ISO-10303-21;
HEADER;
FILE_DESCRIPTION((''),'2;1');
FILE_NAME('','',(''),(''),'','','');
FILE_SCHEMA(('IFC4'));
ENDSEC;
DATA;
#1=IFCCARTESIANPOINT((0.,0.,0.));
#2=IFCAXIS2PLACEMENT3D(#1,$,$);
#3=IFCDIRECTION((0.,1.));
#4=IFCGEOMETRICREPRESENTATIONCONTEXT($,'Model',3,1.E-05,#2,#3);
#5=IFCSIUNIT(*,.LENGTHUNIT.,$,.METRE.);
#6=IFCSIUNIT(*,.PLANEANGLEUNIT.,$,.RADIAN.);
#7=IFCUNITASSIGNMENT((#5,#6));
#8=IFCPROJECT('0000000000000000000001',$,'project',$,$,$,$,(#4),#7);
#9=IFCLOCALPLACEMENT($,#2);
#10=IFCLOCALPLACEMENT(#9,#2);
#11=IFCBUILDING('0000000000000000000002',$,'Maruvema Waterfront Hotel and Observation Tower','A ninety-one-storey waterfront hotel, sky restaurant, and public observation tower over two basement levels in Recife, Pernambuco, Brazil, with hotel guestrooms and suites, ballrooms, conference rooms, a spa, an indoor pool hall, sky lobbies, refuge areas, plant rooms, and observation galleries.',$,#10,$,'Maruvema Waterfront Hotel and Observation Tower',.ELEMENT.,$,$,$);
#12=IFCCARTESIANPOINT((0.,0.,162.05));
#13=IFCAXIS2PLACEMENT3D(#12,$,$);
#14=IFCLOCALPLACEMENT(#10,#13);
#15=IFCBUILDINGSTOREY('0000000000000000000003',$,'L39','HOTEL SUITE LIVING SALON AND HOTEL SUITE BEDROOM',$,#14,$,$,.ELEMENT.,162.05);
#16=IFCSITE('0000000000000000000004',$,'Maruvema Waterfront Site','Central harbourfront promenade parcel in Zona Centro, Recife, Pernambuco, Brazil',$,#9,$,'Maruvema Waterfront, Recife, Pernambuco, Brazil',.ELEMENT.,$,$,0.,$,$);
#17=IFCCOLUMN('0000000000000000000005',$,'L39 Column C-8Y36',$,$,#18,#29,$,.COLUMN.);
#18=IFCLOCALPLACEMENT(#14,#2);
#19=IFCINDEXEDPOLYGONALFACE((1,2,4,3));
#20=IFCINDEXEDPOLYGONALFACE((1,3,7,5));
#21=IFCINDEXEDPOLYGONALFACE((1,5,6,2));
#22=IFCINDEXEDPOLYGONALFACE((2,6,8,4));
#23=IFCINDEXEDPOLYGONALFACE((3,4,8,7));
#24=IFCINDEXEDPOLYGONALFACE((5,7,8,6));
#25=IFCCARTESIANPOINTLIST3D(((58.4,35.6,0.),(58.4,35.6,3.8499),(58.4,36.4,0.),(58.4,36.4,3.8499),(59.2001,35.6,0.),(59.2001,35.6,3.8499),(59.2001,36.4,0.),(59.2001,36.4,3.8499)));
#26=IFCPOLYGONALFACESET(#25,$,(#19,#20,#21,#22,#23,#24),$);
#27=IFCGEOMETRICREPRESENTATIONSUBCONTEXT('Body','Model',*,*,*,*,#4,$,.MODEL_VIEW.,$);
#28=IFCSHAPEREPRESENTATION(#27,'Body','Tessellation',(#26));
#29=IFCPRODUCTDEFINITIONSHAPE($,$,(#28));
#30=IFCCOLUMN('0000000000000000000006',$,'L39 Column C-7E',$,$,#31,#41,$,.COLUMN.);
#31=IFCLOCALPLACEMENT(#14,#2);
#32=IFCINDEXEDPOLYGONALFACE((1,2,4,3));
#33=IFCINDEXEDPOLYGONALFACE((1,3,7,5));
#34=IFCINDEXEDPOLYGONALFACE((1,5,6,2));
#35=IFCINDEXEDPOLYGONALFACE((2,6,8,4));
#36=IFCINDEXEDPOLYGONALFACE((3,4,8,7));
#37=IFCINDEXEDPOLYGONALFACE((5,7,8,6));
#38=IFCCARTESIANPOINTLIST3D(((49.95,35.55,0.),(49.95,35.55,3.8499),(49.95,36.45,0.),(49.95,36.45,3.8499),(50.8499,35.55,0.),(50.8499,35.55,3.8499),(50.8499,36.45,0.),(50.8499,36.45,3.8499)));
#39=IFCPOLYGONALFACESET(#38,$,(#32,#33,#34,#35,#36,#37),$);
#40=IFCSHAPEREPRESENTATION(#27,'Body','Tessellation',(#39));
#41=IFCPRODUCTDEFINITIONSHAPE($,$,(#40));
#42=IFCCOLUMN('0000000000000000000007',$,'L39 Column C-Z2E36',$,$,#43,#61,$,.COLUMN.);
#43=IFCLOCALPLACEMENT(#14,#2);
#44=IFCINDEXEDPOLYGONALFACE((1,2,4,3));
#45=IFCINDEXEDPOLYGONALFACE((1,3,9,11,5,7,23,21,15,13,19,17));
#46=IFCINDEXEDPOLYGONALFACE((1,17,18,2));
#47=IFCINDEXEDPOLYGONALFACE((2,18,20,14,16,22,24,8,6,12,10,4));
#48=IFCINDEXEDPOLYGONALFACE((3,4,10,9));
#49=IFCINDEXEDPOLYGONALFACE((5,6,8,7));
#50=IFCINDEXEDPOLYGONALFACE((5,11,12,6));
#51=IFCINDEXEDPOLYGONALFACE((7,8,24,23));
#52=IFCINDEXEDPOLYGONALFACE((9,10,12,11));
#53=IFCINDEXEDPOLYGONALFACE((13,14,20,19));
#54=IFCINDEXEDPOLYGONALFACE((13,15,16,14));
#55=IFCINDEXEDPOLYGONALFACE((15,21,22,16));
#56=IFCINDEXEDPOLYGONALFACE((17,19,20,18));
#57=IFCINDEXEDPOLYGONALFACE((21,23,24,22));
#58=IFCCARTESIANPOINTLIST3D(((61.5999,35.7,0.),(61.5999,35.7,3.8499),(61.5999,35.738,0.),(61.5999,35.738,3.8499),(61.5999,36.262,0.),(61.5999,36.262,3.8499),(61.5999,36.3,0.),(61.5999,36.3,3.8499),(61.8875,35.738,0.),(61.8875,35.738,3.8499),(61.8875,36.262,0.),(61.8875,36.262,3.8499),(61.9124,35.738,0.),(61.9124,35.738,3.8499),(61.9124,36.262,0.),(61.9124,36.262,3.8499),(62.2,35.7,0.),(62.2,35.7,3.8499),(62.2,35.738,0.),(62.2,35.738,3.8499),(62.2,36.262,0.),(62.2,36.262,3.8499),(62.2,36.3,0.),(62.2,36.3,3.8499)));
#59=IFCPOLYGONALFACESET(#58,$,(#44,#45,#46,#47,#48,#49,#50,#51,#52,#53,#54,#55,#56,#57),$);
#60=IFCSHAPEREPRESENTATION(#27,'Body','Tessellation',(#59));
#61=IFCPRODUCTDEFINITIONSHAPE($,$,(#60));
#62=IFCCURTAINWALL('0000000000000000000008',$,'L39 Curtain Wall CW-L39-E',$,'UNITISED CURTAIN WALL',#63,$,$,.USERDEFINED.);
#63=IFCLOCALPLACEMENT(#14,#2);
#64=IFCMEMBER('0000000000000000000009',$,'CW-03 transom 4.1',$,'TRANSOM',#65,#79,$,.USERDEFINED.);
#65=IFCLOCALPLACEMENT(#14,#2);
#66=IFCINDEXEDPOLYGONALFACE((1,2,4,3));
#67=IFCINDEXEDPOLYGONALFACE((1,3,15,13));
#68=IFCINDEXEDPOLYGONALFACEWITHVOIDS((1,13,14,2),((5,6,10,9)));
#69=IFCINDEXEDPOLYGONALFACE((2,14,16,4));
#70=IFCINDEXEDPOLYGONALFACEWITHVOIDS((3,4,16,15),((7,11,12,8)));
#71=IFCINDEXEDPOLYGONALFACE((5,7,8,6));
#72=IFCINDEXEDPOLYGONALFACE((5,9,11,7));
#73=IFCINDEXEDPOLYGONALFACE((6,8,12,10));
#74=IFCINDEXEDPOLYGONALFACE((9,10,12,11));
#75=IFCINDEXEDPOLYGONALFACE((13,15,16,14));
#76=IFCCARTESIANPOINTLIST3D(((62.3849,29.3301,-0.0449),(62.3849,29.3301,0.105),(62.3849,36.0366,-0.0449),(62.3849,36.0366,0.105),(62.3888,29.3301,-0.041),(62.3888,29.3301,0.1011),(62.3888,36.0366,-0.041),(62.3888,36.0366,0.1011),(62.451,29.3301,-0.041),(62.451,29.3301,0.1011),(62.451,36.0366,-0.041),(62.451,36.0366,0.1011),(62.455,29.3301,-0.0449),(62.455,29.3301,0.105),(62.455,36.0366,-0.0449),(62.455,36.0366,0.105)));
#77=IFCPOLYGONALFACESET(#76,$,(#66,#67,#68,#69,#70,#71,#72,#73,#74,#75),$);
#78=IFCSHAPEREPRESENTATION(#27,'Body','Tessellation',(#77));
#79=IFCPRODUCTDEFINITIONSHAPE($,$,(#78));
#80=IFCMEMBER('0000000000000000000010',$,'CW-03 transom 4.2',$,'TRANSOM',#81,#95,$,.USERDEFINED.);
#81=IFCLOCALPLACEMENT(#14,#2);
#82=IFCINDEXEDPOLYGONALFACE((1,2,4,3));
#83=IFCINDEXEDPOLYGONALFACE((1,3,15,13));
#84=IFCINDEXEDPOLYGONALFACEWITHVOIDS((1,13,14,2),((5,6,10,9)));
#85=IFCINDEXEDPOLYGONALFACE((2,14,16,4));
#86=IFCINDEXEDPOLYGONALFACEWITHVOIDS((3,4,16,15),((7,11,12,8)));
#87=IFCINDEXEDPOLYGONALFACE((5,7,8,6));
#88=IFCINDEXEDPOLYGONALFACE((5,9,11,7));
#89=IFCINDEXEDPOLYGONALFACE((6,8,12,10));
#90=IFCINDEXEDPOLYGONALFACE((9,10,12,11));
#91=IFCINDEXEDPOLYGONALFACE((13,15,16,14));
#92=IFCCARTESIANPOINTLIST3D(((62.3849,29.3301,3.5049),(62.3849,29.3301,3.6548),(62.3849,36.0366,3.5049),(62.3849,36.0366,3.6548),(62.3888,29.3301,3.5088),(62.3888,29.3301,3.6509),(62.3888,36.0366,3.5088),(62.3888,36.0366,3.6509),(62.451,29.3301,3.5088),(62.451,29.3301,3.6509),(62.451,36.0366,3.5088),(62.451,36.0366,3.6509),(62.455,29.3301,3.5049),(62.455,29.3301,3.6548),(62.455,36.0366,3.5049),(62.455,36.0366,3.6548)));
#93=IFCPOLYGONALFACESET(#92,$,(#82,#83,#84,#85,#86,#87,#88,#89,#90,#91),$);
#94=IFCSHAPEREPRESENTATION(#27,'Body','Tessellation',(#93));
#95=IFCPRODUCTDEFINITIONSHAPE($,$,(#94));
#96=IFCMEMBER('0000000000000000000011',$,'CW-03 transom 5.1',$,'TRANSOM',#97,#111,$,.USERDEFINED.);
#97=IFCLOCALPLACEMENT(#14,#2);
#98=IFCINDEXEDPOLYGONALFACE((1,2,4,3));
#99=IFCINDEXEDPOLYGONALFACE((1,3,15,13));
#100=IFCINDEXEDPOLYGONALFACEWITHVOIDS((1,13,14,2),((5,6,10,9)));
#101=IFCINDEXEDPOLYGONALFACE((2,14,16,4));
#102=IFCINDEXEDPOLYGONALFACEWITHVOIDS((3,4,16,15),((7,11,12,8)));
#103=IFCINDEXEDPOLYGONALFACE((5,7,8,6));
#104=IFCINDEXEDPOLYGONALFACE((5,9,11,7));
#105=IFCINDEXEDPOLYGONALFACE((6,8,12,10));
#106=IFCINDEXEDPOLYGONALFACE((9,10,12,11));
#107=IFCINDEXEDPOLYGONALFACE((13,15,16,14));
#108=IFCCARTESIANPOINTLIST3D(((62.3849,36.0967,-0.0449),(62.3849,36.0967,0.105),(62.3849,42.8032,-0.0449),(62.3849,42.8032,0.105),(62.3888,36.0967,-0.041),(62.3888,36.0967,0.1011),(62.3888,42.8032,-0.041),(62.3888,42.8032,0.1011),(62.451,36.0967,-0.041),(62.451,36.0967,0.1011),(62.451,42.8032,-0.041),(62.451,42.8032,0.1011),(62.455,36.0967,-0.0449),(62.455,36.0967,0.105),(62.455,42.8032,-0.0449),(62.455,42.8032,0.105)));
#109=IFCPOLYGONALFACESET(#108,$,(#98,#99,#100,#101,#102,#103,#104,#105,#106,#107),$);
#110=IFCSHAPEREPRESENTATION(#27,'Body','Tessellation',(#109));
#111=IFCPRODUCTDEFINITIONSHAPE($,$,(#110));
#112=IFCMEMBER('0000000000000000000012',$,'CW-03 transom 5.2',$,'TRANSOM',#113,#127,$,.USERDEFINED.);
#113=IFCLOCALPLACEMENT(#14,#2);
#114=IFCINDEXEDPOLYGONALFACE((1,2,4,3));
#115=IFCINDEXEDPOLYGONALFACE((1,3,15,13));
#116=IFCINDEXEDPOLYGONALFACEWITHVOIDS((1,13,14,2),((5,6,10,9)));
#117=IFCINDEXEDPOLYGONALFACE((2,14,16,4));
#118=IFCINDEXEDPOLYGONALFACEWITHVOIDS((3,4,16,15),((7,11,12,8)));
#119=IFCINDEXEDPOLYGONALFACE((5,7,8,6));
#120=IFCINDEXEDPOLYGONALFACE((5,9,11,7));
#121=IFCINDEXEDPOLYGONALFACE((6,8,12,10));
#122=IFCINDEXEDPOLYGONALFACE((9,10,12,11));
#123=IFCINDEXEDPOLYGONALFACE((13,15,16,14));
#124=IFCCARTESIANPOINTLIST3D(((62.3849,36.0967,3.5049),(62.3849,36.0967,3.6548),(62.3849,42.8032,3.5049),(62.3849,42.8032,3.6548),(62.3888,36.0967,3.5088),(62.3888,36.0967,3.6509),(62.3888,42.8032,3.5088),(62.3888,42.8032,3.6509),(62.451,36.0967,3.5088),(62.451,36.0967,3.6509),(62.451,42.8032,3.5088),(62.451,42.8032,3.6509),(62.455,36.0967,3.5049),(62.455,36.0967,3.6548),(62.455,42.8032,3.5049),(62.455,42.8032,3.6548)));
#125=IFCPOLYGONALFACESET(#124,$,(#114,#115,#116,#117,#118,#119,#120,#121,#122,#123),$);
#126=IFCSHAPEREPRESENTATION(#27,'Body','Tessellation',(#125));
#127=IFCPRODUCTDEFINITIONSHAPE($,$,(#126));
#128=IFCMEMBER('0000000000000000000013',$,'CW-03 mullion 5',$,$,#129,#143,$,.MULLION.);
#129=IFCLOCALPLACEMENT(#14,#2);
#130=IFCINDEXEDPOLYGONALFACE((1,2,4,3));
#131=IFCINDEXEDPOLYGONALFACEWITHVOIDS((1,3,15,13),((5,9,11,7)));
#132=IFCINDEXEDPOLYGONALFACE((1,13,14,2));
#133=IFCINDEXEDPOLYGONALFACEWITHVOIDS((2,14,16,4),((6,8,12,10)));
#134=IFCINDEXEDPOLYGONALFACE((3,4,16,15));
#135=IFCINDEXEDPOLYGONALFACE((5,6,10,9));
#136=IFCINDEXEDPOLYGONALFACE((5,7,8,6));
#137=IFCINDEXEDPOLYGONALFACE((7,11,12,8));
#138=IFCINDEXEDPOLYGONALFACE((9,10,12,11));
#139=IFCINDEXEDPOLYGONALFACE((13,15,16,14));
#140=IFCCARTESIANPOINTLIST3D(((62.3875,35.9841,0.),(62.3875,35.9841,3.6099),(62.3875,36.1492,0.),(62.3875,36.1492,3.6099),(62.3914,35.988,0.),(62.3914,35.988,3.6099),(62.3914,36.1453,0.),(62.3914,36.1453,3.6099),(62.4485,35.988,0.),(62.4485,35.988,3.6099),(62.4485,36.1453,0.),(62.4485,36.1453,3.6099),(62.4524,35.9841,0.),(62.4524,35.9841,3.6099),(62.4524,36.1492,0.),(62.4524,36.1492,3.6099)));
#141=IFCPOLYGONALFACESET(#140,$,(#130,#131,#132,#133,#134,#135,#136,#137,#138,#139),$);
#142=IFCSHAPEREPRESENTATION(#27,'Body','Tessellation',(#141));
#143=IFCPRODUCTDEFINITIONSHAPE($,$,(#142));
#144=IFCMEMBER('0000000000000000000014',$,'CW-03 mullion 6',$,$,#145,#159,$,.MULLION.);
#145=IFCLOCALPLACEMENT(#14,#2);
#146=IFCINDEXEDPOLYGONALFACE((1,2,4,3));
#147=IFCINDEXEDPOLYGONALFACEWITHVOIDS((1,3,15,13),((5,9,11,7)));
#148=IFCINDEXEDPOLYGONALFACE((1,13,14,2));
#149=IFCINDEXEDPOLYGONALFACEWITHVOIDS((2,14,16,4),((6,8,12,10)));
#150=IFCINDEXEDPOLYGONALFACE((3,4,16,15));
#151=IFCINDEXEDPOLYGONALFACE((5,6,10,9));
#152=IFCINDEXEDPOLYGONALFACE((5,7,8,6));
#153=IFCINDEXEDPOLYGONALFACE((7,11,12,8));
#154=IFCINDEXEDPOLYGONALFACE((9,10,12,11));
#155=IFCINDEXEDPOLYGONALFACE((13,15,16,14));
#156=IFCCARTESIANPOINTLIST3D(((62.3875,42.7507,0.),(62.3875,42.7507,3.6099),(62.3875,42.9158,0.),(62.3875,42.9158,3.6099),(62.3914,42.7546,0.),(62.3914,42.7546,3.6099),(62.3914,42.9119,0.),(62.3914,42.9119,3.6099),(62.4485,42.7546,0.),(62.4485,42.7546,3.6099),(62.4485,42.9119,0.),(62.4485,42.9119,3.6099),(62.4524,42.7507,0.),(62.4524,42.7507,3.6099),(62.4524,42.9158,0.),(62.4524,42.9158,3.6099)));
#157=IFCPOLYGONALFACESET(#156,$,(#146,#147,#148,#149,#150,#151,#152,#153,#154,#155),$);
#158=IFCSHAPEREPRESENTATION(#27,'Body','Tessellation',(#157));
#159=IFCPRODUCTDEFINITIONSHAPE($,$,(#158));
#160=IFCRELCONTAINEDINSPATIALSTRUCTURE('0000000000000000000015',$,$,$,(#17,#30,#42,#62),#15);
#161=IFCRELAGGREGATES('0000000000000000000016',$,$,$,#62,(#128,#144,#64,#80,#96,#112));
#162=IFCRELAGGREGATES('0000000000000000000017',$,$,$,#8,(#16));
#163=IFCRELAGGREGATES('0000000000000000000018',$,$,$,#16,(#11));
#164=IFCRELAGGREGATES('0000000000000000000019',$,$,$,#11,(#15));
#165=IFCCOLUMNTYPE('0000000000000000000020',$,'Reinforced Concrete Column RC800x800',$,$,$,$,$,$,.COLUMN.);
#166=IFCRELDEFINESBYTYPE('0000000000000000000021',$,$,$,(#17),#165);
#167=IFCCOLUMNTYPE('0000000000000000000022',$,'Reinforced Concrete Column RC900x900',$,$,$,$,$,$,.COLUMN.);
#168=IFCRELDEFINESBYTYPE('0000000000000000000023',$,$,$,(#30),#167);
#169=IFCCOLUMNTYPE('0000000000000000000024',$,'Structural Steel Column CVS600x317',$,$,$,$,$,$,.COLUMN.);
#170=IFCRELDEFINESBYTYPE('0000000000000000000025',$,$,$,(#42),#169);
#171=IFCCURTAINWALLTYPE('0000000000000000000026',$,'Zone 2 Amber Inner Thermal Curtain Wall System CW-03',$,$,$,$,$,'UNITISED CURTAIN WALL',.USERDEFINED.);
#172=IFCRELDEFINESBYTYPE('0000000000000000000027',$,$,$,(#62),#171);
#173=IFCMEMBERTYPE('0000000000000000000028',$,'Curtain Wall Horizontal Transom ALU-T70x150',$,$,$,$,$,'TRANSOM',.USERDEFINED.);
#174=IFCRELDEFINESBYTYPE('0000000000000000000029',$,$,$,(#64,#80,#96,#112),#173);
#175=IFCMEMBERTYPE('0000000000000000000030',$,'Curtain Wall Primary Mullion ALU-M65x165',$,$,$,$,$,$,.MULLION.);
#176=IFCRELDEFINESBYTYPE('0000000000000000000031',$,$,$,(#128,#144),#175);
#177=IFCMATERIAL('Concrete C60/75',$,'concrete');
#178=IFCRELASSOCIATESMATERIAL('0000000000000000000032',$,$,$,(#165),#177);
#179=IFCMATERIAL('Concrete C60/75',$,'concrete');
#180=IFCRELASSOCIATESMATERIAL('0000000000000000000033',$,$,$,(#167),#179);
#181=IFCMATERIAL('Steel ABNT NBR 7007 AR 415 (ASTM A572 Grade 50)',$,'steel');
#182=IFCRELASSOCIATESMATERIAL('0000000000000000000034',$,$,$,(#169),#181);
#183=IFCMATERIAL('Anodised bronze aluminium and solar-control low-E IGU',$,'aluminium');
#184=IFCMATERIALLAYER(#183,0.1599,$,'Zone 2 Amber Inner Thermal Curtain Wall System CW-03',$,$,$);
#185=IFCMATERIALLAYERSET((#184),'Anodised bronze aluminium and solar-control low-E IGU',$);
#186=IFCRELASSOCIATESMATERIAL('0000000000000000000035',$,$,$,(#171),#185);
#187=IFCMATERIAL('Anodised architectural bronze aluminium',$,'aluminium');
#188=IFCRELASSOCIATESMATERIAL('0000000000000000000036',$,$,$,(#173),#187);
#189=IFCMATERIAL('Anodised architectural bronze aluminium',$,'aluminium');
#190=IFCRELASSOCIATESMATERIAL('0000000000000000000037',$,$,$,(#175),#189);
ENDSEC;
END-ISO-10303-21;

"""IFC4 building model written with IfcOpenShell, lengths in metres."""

from ifc_helpers import new_model, si_unit, direction, frame, origin, origin_2d, place, context, subcontext, project, spatial, rectangle, hollow_rectangle, i_section, extrude, material, layer, layer_set, material_profile, profile_set, type_object, element, aggregate, save


model = new_model("IFC4")

# Units and contexts
model_context = context("Model", 3, precision=1e-05, world=origin(), true_north=direction((0.0, 1.0)))
body_context = subcontext(model_context, "Body", "Model", "MODEL_VIEW")
ifc_project = project(units=[si_unit("LENGTHUNIT", "METRE"), si_unit("PLANEANGLEUNIT", "RADIAN")], contexts=[model_context])

# Site, building, storey
site_placement = place(None, origin())
site = spatial("IfcSite", under=ifc_project, at=site_placement, Name="Maruvema Waterfront Site", Description="Central harbourfront promenade parcel in Zona Centro, Recife, Pernambuco, Brazil", LongName="Maruvema Waterfront, Recife, Pernambuco, Brazil", CompositionType="ELEMENT", RefElevation=0.0)
building_placement = place(site_placement, origin())
building = spatial("IfcBuilding", under=site, at=building_placement, Name="Maruvema Waterfront Hotel and Observation Tower", Description="A ninety-one-storey waterfront hotel, sky restaurant, and public observation tower over two basement levels in Recife, Pernambuco, Brazil, with hotel guestrooms and suites, ballrooms, conference rooms, a spa, an indoor pool hall, sky lobbies, refuge areas, plant rooms, and observation galleries.", LongName="Maruvema Waterfront Hotel and Observation Tower", CompositionType="ELEMENT")
storey_placement = place(building_placement, frame((0.0, 0.0, 162.05)))
storey = spatial("IfcBuildingStorey", under=building, at=storey_placement, Name="L39", Description="HOTEL SUITE LIVING SALON AND HOTEL SUITE BEDROOM", CompositionType="ELEMENT", Elevation=162.05)

# Columns
ifc_material_1 = material(Name="Concrete C60/75", Category="concrete")
ifc_material_profile_1 = material_profile(ifc_material_1, rectangle(XDim=0.8, YDim=0.8, at=origin_2d()), Name="RC800x800")
ifc_profile_set_1 = profile_set([ifc_material_profile_1], Name="Concrete C60/75")
column_type_1 = type_object("IfcColumnType", Name="Reinforced Concrete Column RC800x800", PredefinedType="COLUMN", material=ifc_profile_set_1)
column_1_placement = place(storey_placement, frame((58.8, 36.0, 0.0), z_axis=(0.0, 0.0, 1.0), x_axis=(1.0, 0.0, 0.0)))
element("IfcColumn", 1, at=column_1_placement, inside=storey, type_object=column_type_1, Name="L39 Column C-8Y36", PredefinedType="COLUMN", context=body_context, shape_type="SweptSolid", body=[
    extrude(rectangle(XDim=0.8, YDim=0.8, at=origin_2d()), origin(), (0.0, 0.0, 1.0), 3.8499),
])
ifc_material_2 = material(Name="Concrete C60/75", Category="concrete")
ifc_material_profile_2 = material_profile(ifc_material_2, rectangle(XDim=0.8999, YDim=0.8999, at=origin_2d()), Name="RC900x900")
ifc_profile_set_2 = profile_set([ifc_material_profile_2], Name="Concrete C60/75")
column_type_2 = type_object("IfcColumnType", Name="Reinforced Concrete Column RC900x900", PredefinedType="COLUMN", material=ifc_profile_set_2)
column_2_placement = place(storey_placement, frame((50.3999, 36.0, 0.0), z_axis=(0.0, 0.0, 1.0), x_axis=(1.0, 0.0, 0.0)))
element("IfcColumn", 2, at=column_2_placement, inside=storey, type_object=column_type_2, Name="L39 Column C-7E", PredefinedType="COLUMN", context=body_context, shape_type="SweptSolid", body=[
    extrude(rectangle(XDim=0.8999, YDim=0.8999, at=origin_2d()), origin(), (0.0, 0.0, 1.0), 3.8499),
])
ifc_material_3 = material(Name="Steel ABNT NBR 7007 AR 415 (ASTM A572 Grade 50)", Category="steel")
ifc_material_profile_3 = material_profile(ifc_material_3, i_section(OverallWidth=0.6001, OverallDepth=0.6001, WebThickness=0.0249, FlangeThickness=0.0381, at=origin_2d()), Name="CVS600x317")
ifc_profile_set_3 = profile_set([ifc_material_profile_3], Name="Steel ABNT NBR 7007 AR 415 (ASTM A572 Grade 50)")
column_type_3 = type_object("IfcColumnType", Name="Structural Steel Column CVS600x317", PredefinedType="COLUMN", material=ifc_profile_set_3)
column_3_placement = place(storey_placement, frame((61.8999, 36.0, 0.0), z_axis=(0.0, 0.0, 1.0), x_axis=(1.0, 0.0, 0.0)))
element("IfcColumn", 3, at=column_3_placement, inside=storey, type_object=column_type_3, Name="L39 Column C-Z2E36", PredefinedType="COLUMN", context=body_context, shape_type="SweptSolid", body=[
    extrude(i_section(OverallWidth=0.6001, OverallDepth=0.6001, WebThickness=0.0249, FlangeThickness=0.0381, at=origin_2d()), origin(), (0.0, 0.0, 1.0), 3.8499),
])

# Curtain wall, members
ifc_material_4 = material(Name="Anodised bronze aluminium and solar-control low-E IGU", Category="aluminium")
ifc_layer_1 = layer(ifc_material_4, 0.1599, Name="Zone 2 Amber Inner Thermal Curtain Wall System CW-03")
ifc_layer_set_1 = layer_set([ifc_layer_1], Name="Anodised bronze aluminium and solar-control low-E IGU")
curtain_wall_type = type_object("IfcCurtainWallType", Name="Zone 2 Amber Inner Thermal Curtain Wall System CW-03", ElementType="UNITISED CURTAIN WALL", PredefinedType="USERDEFINED", material=ifc_layer_set_1)
curtain_wall_placement = place(storey_placement, origin())
curtain_wall = element("IfcCurtainWall", 4, at=curtain_wall_placement, inside=storey, type_object=curtain_wall_type, Name="L39 Curtain Wall CW-L39-E", ObjectType="UNITISED CURTAIN WALL", PredefinedType="USERDEFINED")
ifc_material_5 = material(Name="Anodised architectural bronze aluminium", Category="aluminium")
ifc_material_profile_4 = material_profile(ifc_material_5, hollow_rectangle(XDim=0.0701, YDim=0.1499, WallThickness=0.0039, at=origin_2d()), Name="ALU-T70x150")
ifc_profile_set_4 = profile_set([ifc_material_profile_4], Name="Anodised architectural bronze aluminium")
member_type_1 = type_object("IfcMemberType", Name="Curtain Wall Horizontal Transom ALU-T70x150", ElementType="TRANSOM", PredefinedType="USERDEFINED", material=ifc_profile_set_4)
member_1_placement = place(storey_placement, frame((62.4199, 29.3301, 0.03), z_axis=(0.0, 1.0, 0.0), x_axis=(-1.0, 0.0, 0.0)))
member_1 = element("IfcMember", 5, at=member_1_placement, type_object=member_type_1, Name="CW-03 transom 4.1", ObjectType="TRANSOM", PredefinedType="USERDEFINED", context=body_context, shape_type="SweptSolid", body=[
    extrude(hollow_rectangle(XDim=0.0701, YDim=0.1499, WallThickness=0.0039, at=origin_2d()), origin(), (0.0, 0.0, 1.0), 6.7065),
])
member_2_placement = place(storey_placement, frame((62.4199, 29.3301, 3.5798), z_axis=(0.0, 1.0, 0.0), x_axis=(-1.0, 0.0, 0.0)))
member_2 = element("IfcMember", 6, at=member_2_placement, type_object=member_type_1, Name="CW-03 transom 4.2", ObjectType="TRANSOM", PredefinedType="USERDEFINED", context=body_context, shape_type="SweptSolid", body=[
    extrude(hollow_rectangle(XDim=0.0701, YDim=0.1499, WallThickness=0.0039, at=origin_2d()), origin(), (0.0, 0.0, 1.0), 6.7065),
])
member_3_placement = place(storey_placement, frame((62.4199, 36.0967, 0.03), z_axis=(0.0, 1.0, 0.0), x_axis=(-1.0, 0.0, 0.0)))
member_3 = element("IfcMember", 7, at=member_3_placement, type_object=member_type_1, Name="CW-03 transom 5.1", ObjectType="TRANSOM", PredefinedType="USERDEFINED", context=body_context, shape_type="SweptSolid", body=[
    extrude(hollow_rectangle(XDim=0.0701, YDim=0.1499, WallThickness=0.0039, at=origin_2d()), origin(), (0.0, 0.0, 1.0), 6.7065),
])
member_4_placement = place(storey_placement, frame((62.4199, 36.0967, 3.5798), z_axis=(0.0, 1.0, 0.0), x_axis=(-1.0, 0.0, 0.0)))
member_4 = element("IfcMember", 8, at=member_4_placement, type_object=member_type_1, Name="CW-03 transom 5.2", ObjectType="TRANSOM", PredefinedType="USERDEFINED", context=body_context, shape_type="SweptSolid", body=[
    extrude(hollow_rectangle(XDim=0.0701, YDim=0.1499, WallThickness=0.0039, at=origin_2d()), origin(), (0.0, 0.0, 1.0), 6.7065),
])
ifc_material_6 = material(Name="Anodised architectural bronze aluminium", Category="aluminium")
ifc_material_profile_5 = material_profile(ifc_material_6, hollow_rectangle(XDim=0.0649, YDim=0.165, WallThickness=0.0039, at=origin_2d()), Name="ALU-M65x165")
ifc_profile_set_5 = profile_set([ifc_material_profile_5], Name="Anodised architectural bronze aluminium")
member_type_2 = type_object("IfcMemberType", Name="Curtain Wall Primary Mullion ALU-M65x165", PredefinedType="MULLION", material=ifc_profile_set_5)
member_5_placement = place(storey_placement, frame((62.4199, 36.0667, 0.0), z_axis=(0.0, 0.0, 1.0), x_axis=(-1.0, 0.0, 0.0)))
member_5 = element("IfcMember", 9, at=member_5_placement, type_object=member_type_2, Name="CW-03 mullion 5", PredefinedType="MULLION", context=body_context, shape_type="SweptSolid", body=[
    extrude(hollow_rectangle(XDim=0.0649, YDim=0.165, WallThickness=0.0039, at=origin_2d()), origin(), (0.0, 0.0, 1.0), 3.6099),
])
member_6_placement = place(storey_placement, frame((62.4199, 42.8333, 0.0), z_axis=(0.0, 0.0, 1.0), x_axis=(-1.0, 0.0, 0.0)))
member_6 = element("IfcMember", 10, at=member_6_placement, type_object=member_type_2, Name="CW-03 mullion 6", PredefinedType="MULLION", context=body_context, shape_type="SweptSolid", body=[
    extrude(hollow_rectangle(XDim=0.0649, YDim=0.165, WallThickness=0.0039, at=origin_2d()), origin(), (0.0, 0.0, 1.0), 3.6099),
])

aggregate(curtain_wall, [member_5, member_6, member_1, member_2, member_3, member_4])

save(model, "model.ifc")
